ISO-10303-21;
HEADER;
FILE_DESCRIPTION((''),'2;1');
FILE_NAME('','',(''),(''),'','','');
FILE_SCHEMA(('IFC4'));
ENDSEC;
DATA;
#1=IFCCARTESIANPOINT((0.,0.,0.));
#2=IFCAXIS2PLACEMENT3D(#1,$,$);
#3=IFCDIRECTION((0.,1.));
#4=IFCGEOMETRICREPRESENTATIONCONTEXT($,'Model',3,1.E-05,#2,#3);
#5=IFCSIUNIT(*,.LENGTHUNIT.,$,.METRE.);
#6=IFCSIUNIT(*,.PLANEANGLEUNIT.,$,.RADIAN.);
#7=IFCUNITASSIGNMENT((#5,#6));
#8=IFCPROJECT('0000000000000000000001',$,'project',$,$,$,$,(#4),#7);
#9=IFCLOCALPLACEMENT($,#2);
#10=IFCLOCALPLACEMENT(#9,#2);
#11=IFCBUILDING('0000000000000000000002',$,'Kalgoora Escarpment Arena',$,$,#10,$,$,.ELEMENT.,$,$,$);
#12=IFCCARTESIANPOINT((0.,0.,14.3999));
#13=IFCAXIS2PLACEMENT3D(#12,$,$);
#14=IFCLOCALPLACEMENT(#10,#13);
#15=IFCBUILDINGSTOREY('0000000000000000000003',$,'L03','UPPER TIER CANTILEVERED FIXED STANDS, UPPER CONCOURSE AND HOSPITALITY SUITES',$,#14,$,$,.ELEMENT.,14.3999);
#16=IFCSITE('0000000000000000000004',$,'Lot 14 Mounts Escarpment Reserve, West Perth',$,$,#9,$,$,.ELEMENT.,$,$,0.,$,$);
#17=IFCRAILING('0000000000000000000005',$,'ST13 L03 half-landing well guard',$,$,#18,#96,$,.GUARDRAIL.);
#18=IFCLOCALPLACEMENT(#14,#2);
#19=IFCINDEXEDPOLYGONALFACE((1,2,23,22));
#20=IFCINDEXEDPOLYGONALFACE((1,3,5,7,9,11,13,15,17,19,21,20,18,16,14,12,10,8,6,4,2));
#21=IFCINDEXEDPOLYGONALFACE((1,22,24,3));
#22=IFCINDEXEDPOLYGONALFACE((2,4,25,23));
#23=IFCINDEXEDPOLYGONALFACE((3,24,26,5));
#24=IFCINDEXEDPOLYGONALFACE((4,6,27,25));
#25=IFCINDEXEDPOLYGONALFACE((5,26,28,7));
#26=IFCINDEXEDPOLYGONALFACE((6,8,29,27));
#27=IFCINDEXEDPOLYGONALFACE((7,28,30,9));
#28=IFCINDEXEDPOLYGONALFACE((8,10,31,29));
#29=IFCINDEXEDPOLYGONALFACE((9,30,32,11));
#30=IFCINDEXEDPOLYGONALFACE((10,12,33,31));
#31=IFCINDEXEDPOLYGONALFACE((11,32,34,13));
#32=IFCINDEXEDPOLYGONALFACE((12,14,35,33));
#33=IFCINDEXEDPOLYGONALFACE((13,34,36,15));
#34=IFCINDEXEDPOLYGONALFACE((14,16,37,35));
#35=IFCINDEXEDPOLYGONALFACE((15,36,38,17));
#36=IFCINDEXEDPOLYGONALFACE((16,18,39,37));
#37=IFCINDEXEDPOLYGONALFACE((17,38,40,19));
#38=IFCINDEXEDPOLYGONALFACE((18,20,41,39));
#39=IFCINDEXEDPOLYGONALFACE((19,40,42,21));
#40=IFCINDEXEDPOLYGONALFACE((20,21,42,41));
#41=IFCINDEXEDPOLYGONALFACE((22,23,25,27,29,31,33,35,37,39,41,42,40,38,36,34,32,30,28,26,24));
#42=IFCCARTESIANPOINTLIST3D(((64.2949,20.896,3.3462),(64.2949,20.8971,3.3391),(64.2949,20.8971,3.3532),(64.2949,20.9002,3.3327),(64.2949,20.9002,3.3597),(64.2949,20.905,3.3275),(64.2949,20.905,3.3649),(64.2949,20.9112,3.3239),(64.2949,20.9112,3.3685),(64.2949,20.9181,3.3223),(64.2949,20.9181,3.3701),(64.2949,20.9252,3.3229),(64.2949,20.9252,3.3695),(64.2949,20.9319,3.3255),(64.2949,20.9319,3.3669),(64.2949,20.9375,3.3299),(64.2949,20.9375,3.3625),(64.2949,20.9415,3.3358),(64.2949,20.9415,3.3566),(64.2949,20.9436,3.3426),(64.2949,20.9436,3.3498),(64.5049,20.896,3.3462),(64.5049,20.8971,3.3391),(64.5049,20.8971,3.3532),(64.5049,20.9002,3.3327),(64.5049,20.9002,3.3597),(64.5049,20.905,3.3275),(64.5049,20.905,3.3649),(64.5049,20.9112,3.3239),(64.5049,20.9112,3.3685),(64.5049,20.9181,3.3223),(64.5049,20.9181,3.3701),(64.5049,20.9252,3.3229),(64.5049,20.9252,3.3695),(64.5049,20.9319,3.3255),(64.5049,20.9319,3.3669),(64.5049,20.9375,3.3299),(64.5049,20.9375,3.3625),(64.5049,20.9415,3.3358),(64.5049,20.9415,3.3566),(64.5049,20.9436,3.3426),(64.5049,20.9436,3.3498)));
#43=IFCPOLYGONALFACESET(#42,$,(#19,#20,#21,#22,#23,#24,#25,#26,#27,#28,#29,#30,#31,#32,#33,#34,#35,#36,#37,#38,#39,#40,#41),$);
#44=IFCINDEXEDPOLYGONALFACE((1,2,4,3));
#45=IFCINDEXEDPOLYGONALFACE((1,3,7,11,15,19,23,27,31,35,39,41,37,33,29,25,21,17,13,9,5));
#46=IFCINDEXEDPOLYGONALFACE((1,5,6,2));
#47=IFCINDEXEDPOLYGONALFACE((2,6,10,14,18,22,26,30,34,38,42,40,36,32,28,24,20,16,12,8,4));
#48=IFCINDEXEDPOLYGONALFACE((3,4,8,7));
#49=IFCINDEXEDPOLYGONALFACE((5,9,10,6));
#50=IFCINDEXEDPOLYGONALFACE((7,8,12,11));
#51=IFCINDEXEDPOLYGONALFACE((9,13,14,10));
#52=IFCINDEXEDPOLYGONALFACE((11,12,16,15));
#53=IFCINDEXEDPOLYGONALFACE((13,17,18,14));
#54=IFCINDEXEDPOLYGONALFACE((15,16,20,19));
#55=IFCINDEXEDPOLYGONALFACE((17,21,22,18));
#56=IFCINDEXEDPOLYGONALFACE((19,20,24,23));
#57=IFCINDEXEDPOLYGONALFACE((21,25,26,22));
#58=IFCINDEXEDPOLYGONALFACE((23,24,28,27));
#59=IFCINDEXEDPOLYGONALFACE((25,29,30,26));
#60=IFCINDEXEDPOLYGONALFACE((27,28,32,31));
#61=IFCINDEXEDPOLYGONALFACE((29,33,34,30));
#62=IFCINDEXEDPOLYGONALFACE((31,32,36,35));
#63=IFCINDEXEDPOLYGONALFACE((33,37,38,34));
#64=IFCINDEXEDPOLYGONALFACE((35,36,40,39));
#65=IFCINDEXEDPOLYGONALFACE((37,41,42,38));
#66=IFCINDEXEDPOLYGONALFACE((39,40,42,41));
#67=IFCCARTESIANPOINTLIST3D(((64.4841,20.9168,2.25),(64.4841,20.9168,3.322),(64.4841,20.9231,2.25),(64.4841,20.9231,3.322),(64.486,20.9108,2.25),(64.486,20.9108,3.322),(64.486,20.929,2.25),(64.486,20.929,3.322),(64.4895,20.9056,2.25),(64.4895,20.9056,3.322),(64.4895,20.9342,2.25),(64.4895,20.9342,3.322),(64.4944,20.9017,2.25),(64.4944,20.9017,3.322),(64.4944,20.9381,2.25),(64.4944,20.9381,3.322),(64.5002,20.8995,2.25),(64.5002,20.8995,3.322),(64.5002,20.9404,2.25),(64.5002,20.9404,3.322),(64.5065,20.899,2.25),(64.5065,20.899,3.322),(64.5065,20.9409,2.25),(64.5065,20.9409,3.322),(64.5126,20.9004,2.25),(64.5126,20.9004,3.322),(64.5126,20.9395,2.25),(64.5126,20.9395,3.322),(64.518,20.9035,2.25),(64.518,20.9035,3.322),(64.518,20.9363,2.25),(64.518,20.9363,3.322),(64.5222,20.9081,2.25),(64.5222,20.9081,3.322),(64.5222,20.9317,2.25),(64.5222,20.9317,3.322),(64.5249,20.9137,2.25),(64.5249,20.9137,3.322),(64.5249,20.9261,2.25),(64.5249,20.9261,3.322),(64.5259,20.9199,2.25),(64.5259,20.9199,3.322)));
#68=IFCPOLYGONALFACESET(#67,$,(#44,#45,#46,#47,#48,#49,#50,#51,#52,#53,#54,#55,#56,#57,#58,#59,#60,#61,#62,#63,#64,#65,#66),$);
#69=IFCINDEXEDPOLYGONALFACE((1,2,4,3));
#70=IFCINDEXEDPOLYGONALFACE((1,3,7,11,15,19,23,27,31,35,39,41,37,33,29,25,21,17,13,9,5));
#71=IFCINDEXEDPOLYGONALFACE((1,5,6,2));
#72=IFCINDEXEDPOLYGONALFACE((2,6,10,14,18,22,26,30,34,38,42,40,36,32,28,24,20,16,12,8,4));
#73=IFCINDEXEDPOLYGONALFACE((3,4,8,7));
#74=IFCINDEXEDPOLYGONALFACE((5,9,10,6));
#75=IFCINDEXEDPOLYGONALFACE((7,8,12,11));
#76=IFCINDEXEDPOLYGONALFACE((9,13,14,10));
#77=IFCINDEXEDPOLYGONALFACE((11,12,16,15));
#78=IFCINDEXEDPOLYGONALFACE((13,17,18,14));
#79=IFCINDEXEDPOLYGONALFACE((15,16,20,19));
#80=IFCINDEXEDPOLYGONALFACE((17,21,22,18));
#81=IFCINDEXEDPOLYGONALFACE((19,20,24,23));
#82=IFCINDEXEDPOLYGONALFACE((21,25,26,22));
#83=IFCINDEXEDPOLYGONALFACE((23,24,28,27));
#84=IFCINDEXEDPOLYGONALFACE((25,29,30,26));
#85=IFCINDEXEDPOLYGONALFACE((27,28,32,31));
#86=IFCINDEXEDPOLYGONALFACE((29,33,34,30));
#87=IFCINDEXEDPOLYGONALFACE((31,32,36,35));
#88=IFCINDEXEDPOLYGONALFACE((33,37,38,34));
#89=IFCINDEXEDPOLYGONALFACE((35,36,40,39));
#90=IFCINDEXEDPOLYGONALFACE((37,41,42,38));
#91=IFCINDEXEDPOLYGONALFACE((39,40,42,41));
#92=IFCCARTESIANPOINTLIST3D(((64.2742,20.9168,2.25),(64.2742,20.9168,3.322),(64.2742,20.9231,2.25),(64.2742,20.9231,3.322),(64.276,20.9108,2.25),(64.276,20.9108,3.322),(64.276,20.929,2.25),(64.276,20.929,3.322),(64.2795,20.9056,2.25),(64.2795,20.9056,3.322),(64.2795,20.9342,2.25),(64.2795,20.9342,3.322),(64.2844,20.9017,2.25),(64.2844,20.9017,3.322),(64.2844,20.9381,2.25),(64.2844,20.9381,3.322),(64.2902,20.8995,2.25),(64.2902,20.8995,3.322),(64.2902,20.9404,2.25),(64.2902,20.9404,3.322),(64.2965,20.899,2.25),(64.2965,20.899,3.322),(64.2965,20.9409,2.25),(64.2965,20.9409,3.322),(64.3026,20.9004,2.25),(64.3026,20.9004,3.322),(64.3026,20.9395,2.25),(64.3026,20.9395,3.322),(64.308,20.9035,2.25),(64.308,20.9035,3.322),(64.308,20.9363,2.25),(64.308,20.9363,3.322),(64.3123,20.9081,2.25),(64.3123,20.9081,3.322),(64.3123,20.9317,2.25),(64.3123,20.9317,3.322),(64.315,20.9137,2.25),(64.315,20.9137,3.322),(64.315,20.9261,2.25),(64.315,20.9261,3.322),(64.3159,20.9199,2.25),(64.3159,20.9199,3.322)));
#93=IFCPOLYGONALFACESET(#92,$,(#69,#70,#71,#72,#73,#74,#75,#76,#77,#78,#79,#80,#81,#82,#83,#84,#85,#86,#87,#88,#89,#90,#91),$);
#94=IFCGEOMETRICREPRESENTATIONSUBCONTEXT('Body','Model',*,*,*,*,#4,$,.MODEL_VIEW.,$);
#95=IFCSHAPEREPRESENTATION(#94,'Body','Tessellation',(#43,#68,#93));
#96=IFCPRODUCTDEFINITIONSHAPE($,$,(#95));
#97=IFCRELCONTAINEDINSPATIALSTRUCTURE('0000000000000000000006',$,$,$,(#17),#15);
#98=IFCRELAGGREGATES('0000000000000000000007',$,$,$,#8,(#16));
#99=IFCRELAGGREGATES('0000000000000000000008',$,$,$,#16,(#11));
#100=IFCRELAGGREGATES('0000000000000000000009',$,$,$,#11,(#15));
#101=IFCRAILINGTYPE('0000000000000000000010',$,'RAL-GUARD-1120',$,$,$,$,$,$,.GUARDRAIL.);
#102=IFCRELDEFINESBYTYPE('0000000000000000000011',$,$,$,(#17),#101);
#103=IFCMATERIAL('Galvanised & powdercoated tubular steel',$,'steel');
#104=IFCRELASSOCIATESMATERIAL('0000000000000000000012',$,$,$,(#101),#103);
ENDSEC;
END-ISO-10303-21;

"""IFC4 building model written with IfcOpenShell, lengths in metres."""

from ifc_helpers import new_model, si_unit, direction, frame, origin, origin_2d, place, context, subcontext, project, spatial, circle, extrude, material, type_object, element, save


model = new_model("IFC4")

# Units and contexts
model_context = context("Model", 3, precision=1e-05, world=origin(), true_north=direction((0.0, 1.0)))
body_context = subcontext(model_context, "Body", "Model", "MODEL_VIEW")
ifc_project = project(units=[si_unit("LENGTHUNIT", "METRE"), si_unit("PLANEANGLEUNIT", "RADIAN")], contexts=[model_context])

# Site, building, storey
site_placement = place(None, origin())
site = spatial("IfcSite", under=ifc_project, at=site_placement, Name="Lot 14 Mounts Escarpment Reserve, West Perth", CompositionType="ELEMENT", RefElevation=0.0)
building_placement = place(site_placement, origin())
building = spatial("IfcBuilding", under=site, at=building_placement, Name="Kalgoora Escarpment Arena", CompositionType="ELEMENT")
storey_placement = place(building_placement, frame((0.0, 0.0, 14.3999)))
storey = spatial("IfcBuildingStorey", under=building, at=storey_placement, Name="L03", Description="UPPER TIER CANTILEVERED FIXED STANDS, UPPER CONCOURSE AND HOSPITALITY SUITES", CompositionType="ELEMENT", Elevation=14.3999)

# Railing
ifc_material_1 = material(Name="Galvanised & powdercoated tubular steel", Category="steel")
railing_type_1 = type_object("IfcRailingType", Name="RAL-GUARD-1120", PredefinedType="GUARDRAIL", material=ifc_material_1)
railing_1_placement = place(storey_placement, frame((64.5049, 20.9199, 2.25)))
element("IfcRailing", 1, at=railing_1_placement, inside=storey, type_object=railing_type_1, Name="ST13 L03 half-landing well guard", PredefinedType="GUARDRAIL", context=body_context, shape_type="SweptSolid", body=[
    extrude(circle(Radius=0.0239, at=origin_2d()), frame((0.0, 0.0, 1.0962), z_axis=(-1.0, 0.0, 0.0), x_axis=(0.0, -1.0, 0.0)), (0.0, 0.0, 1.0), 0.21),
    extrude(circle(Radius=0.021, at=origin_2d()), origin(), (0.0, 0.0, 1.0), 1.072),
    extrude(circle(Radius=0.021, at=origin_2d()), frame((-0.21, 0.0, 0.0)), (0.0, 0.0, 1.0), 1.072),
])

save(model, "model.ifc")
